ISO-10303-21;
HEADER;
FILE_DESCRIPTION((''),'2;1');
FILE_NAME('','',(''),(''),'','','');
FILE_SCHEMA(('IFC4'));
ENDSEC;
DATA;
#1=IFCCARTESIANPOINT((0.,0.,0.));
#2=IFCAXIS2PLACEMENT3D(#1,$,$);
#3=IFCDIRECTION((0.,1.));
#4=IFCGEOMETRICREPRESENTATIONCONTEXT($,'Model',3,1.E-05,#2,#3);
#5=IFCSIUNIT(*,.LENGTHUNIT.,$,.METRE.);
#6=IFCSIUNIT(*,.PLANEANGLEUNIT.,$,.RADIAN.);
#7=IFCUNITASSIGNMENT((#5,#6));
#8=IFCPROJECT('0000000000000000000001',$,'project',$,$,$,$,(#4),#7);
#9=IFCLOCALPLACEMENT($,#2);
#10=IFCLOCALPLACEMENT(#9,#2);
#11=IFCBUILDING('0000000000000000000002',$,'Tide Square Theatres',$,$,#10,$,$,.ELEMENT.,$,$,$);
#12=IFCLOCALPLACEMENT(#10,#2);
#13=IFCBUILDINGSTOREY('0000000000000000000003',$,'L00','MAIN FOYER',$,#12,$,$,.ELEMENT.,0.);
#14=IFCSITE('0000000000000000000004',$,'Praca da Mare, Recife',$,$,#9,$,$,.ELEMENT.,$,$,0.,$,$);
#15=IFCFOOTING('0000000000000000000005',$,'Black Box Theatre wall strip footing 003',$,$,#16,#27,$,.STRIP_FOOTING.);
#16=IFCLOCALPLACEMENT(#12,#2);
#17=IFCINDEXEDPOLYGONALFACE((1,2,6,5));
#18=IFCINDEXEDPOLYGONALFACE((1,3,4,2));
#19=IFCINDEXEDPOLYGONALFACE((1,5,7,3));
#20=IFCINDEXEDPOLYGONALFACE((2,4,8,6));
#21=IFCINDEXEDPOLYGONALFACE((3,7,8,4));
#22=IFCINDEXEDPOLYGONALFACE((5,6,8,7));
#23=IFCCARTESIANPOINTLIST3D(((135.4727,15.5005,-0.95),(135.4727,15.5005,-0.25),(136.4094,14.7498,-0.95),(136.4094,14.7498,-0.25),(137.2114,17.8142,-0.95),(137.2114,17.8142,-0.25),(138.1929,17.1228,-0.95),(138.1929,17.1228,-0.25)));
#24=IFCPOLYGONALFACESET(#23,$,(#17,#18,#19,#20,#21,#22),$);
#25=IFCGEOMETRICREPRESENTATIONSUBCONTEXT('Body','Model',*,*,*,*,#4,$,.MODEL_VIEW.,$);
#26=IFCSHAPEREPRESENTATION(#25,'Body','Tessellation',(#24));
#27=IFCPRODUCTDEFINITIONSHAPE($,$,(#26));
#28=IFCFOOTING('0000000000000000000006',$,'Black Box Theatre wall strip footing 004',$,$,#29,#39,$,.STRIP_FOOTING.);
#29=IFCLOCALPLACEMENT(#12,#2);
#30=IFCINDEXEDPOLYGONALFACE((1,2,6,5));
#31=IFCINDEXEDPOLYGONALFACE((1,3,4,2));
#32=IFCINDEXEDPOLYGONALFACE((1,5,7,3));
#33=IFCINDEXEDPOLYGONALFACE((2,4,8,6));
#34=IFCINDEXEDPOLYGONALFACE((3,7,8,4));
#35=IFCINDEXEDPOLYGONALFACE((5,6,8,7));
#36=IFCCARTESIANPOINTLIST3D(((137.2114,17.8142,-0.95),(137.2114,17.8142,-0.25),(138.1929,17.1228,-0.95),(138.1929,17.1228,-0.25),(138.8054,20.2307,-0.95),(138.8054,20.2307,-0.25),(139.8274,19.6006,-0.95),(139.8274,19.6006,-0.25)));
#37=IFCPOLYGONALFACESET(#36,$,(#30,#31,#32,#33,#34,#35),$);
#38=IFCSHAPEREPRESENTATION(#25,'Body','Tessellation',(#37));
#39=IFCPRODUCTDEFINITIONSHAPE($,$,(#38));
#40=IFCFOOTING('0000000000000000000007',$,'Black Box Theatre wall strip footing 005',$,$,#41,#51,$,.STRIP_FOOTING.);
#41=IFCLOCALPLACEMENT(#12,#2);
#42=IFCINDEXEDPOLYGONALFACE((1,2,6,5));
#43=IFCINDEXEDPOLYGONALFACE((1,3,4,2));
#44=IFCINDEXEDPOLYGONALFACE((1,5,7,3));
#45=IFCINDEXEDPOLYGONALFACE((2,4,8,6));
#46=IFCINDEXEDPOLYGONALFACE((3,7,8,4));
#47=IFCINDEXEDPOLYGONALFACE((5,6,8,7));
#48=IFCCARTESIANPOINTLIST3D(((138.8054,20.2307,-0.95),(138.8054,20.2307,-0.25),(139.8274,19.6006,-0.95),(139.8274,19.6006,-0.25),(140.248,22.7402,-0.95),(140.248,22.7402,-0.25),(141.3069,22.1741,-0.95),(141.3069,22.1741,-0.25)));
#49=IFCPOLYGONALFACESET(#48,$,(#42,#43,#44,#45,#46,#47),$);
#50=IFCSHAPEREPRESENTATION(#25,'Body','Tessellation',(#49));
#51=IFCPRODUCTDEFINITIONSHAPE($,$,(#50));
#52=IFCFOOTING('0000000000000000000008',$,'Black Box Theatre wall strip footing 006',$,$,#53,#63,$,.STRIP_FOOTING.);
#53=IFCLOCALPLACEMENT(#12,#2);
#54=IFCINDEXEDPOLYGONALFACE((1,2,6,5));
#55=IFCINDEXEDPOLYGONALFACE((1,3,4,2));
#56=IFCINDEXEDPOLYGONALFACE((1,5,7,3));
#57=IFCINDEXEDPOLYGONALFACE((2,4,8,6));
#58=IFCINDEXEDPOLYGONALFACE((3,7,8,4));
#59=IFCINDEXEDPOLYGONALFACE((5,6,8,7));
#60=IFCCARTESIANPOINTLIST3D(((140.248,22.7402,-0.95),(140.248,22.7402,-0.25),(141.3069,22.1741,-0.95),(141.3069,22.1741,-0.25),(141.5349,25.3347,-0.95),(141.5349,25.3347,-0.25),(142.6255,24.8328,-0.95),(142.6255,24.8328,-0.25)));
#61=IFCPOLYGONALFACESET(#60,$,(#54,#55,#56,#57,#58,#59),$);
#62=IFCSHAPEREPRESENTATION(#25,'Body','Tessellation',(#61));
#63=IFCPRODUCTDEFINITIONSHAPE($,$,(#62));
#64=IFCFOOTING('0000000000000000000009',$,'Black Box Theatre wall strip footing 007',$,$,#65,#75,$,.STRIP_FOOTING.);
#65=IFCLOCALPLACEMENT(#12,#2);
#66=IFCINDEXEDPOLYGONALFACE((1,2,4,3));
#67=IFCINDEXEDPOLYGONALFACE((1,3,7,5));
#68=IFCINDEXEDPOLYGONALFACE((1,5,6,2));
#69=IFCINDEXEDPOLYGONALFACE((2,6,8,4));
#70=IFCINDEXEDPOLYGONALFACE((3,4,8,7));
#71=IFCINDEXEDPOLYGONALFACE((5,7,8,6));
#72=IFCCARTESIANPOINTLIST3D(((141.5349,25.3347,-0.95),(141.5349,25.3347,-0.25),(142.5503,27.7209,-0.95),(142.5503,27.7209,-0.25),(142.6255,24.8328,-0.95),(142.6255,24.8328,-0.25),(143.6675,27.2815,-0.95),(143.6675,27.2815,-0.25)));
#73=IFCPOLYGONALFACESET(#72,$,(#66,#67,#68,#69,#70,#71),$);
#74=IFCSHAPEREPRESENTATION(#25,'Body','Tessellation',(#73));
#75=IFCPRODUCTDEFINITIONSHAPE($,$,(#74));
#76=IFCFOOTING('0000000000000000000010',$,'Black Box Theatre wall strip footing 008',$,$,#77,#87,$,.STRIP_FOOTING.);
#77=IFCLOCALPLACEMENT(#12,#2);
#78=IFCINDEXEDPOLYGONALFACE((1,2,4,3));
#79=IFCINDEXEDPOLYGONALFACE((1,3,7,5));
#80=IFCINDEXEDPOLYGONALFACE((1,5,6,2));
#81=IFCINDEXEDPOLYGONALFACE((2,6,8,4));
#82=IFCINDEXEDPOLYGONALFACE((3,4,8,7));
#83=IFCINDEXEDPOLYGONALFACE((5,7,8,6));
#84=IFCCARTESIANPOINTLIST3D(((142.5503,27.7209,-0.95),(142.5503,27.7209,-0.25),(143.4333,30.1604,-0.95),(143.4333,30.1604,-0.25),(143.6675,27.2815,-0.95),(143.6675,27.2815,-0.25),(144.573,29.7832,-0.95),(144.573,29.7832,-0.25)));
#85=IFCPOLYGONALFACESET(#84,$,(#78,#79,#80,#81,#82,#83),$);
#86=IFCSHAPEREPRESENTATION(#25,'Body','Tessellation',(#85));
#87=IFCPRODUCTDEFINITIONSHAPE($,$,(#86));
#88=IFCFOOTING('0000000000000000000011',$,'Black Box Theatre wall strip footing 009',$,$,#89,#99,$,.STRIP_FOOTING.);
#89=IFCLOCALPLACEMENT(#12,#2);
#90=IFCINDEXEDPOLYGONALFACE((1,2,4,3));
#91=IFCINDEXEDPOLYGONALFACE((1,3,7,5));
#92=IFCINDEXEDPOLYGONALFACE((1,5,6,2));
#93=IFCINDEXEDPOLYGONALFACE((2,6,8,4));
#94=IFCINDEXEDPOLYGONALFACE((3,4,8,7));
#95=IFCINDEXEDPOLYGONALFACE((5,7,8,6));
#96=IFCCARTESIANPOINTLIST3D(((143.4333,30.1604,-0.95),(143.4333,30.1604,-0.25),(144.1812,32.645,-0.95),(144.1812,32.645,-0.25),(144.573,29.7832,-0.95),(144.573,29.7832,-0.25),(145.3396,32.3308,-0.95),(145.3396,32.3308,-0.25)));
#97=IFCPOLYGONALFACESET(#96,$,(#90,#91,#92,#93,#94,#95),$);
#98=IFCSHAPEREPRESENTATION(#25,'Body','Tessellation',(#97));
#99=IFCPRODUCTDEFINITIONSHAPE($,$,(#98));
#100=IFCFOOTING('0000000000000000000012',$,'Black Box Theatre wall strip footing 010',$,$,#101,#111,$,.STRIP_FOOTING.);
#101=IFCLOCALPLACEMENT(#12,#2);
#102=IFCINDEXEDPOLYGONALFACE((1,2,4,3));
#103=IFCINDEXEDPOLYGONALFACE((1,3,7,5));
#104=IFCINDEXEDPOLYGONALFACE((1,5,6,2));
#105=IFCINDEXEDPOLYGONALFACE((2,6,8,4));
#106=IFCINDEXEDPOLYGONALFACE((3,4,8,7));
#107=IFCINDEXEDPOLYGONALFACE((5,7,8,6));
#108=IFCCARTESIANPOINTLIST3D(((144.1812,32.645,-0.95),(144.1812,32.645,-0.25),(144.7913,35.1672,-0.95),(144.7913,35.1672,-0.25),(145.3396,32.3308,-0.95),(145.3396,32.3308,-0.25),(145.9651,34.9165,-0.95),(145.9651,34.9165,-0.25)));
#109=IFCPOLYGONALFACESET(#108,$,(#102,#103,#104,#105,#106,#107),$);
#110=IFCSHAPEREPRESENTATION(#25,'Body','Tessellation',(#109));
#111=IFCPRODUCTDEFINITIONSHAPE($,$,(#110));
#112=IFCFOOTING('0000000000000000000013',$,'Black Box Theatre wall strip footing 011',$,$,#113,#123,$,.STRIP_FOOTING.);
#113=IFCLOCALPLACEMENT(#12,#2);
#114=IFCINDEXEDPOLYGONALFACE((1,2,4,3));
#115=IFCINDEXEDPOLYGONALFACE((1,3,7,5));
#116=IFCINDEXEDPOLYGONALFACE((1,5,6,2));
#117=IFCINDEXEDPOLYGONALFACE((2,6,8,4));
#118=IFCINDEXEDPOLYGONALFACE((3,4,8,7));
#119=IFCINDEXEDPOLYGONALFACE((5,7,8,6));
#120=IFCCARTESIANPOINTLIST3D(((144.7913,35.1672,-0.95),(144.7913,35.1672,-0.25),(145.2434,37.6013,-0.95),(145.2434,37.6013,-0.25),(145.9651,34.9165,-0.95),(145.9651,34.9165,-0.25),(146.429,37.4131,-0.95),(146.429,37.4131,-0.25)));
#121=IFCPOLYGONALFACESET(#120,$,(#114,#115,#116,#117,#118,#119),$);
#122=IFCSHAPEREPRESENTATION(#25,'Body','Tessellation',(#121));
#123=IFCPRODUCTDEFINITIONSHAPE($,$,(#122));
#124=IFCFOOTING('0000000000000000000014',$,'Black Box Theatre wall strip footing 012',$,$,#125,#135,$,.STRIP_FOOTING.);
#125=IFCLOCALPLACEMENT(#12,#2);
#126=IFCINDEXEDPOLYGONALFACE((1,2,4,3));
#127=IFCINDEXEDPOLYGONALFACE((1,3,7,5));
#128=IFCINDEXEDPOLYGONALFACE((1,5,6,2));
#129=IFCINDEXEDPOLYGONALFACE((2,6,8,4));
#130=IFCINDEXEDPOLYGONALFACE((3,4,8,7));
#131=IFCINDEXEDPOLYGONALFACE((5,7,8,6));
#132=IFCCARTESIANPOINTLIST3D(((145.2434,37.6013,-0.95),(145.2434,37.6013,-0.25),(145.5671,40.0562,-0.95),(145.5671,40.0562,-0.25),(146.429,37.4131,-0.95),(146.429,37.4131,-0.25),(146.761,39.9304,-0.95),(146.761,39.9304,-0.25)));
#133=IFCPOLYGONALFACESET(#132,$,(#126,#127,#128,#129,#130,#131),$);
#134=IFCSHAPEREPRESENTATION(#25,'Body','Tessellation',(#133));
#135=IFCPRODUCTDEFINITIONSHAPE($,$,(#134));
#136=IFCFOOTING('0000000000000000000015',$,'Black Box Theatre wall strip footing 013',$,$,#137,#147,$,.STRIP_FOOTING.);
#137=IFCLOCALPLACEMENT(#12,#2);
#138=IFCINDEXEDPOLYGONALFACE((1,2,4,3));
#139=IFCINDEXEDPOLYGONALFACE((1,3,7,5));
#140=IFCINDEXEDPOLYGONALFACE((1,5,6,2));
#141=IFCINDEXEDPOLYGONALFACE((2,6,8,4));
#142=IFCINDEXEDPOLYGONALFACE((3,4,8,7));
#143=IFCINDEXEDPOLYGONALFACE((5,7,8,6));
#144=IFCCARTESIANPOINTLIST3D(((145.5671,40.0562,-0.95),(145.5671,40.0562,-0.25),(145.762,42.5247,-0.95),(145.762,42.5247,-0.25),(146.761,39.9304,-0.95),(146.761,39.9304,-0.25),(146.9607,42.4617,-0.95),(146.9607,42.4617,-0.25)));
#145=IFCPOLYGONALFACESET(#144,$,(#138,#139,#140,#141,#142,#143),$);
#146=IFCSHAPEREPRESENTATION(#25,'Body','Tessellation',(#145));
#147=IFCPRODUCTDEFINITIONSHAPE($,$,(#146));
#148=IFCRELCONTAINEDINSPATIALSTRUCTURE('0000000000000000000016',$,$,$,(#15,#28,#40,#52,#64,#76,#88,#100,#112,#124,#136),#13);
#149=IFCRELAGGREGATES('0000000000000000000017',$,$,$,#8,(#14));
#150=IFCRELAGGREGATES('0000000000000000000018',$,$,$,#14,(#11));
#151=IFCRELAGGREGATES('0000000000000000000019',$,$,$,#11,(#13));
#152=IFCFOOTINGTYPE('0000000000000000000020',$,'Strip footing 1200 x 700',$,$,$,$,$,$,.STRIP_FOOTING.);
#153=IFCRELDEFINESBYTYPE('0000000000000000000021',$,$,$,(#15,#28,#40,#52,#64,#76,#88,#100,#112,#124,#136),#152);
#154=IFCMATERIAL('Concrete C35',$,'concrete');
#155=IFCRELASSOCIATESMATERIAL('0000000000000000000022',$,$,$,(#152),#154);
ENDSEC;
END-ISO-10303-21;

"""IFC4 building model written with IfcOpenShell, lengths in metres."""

from ifc_helpers import new_model, si_unit, direction, frame, origin, place, context, subcontext, project, spatial, polyline, outline, extrude, material, type_object, element, save


model = new_model("IFC4")

# Units and contexts
model_context = context("Model", 3, precision=1e-05, world=origin(), true_north=direction((0.0, 1.0)))
body_context = subcontext(model_context, "Body", "Model", "MODEL_VIEW")
ifc_project = project(units=[si_unit("LENGTHUNIT", "METRE"), si_unit("PLANEANGLEUNIT", "RADIAN")], contexts=[model_context])

# Site, building, storey
site_placement = place(None, origin())
site = spatial("IfcSite", under=ifc_project, at=site_placement, Name="Praca da Mare, Recife", CompositionType="ELEMENT", RefElevation=0.0)
building_placement = place(site_placement, origin())
building = spatial("IfcBuilding", under=site, at=building_placement, Name="Tide Square Theatres", CompositionType="ELEMENT")
storey_placement = place(building_placement, origin())
storey = spatial("IfcBuildingStorey", under=building, at=storey_placement, Name="L00", Description="MAIN FOYER", CompositionType="ELEMENT", Elevation=0.0)

# Footings
ifc_material = material(Name="Concrete C35", Category="concrete")
footing_type = type_object("IfcFootingType", Name="Strip footing 1200 x 700", PredefinedType="STRIP_FOOTING", material=ifc_material)
footing_1_placement = place(storey_placement, frame((0.0, 0.0, -0.95)))
element("IfcFooting", 1, at=footing_1_placement, inside=storey, type_object=footing_type, Name="Black Box Theatre wall strip footing 003", PredefinedType="STRIP_FOOTING", context=body_context, shape_type="SweptSolid", body=[
    extrude(outline(polyline([(136.4094, 14.7498), (138.1929, 17.1228), (137.2114, 17.8142), (135.4727, 15.5005), (136.4094, 14.7498)])), origin(), (0.0, 0.0, 1.0), 0.7),
])
footing_2_placement = place(storey_placement, frame((0.0, 0.0, -0.95)))
element("IfcFooting", 2, at=footing_2_placement, inside=storey, type_object=footing_type, Name="Black Box Theatre wall strip footing 004", PredefinedType="STRIP_FOOTING", context=body_context, shape_type="SweptSolid", body=[
    extrude(outline(polyline([(138.1929, 17.1228), (139.8274, 19.6006), (138.8054, 20.2307), (137.2114, 17.8142), (138.1929, 17.1228)])), origin(), (0.0, 0.0, 1.0), 0.7),
])
footing_3_placement = place(storey_placement, frame((0.0, 0.0, -0.95)))
element("IfcFooting", 3, at=footing_3_placement, inside=storey, type_object=footing_type, Name="Black Box Theatre wall strip footing 005", PredefinedType="STRIP_FOOTING", context=body_context, shape_type="SweptSolid", body=[
    extrude(outline(polyline([(139.8274, 19.6006), (141.3069, 22.1741), (140.248, 22.7402), (138.8054, 20.2307), (139.8274, 19.6006)])), origin(), (0.0, 0.0, 1.0), 0.7),
])
footing_4_placement = place(storey_placement, frame((0.0, 0.0, -0.95)))
element("IfcFooting", 4, at=footing_4_placement, inside=storey, type_object=footing_type, Name="Black Box Theatre wall strip footing 006", PredefinedType="STRIP_FOOTING", context=body_context, shape_type="SweptSolid", body=[
    extrude(outline(polyline([(141.3069, 22.1741), (142.6255, 24.8328), (141.5349, 25.3347), (140.248, 22.7402), (141.3069, 22.1741)])), origin(), (0.0, 0.0, 1.0), 0.7),
])
footing_5_placement = place(storey_placement, frame((0.0, 0.0, -0.95)))
element("IfcFooting", 5, at=footing_5_placement, inside=storey, type_object=footing_type, Name="Black Box Theatre wall strip footing 007", PredefinedType="STRIP_FOOTING", context=body_context, shape_type="SweptSolid", body=[
    extrude(outline(polyline([(142.6255, 24.8328), (143.6675, 27.2815), (142.5503, 27.7209), (141.5349, 25.3347), (142.6255, 24.8328)])), origin(), (0.0, 0.0, 1.0), 0.7),
])
footing_6_placement = place(storey_placement, frame((0.0, 0.0, -0.95)))
element("IfcFooting", 6, at=footing_6_placement, inside=storey, type_object=footing_type, Name="Black Box Theatre wall strip footing 008", PredefinedType="STRIP_FOOTING", context=body_context, shape_type="SweptSolid", body=[
    extrude(outline(polyline([(143.6675, 27.2815), (144.573, 29.7832), (143.4333, 30.1604), (142.5503, 27.7209), (143.6675, 27.2815)])), origin(), (0.0, 0.0, 1.0), 0.7),
])
footing_7_placement = place(storey_placement, frame((0.0, 0.0, -0.95)))
element("IfcFooting", 7, at=footing_7_placement, inside=storey, type_object=footing_type, Name="Black Box Theatre wall strip footing 009", PredefinedType="STRIP_FOOTING", context=body_context, shape_type="SweptSolid", body=[
    extrude(outline(polyline([(144.573, 29.7832), (145.3396, 32.3308), (144.1812, 32.645), (143.4333, 30.1604), (144.573, 29.7832)])), origin(), (0.0, 0.0, 1.0), 0.7),
])
footing_8_placement = place(storey_placement, frame((0.0, 0.0, -0.95)))
element("IfcFooting", 8, at=footing_8_placement, inside=storey, type_object=footing_type, Name="Black Box Theatre wall strip footing 010", PredefinedType="STRIP_FOOTING", context=body_context, shape_type="SweptSolid", body=[
    extrude(outline(polyline([(145.3396, 32.3308), (145.9651, 34.9165), (144.7913, 35.1672), (144.1812, 32.645), (145.3396, 32.3308)])), origin(), (0.0, 0.0, 1.0), 0.7),
])
footing_9_placement = place(storey_placement, frame((0.0, 0.0, -0.95)))
element("IfcFooting", 9, at=footing_9_placement, inside=storey, type_object=footing_type, Name="Black Box Theatre wall strip footing 011", PredefinedType="STRIP_FOOTING", context=body_context, shape_type="SweptSolid", body=[
    extrude(outline(polyline([(145.9651, 34.9165), (146.429, 37.4131), (145.2434, 37.6013), (144.7913, 35.1672), (145.9651, 34.9165)])), origin(), (0.0, 0.0, 1.0), 0.7),
])
footing_10_placement = place(storey_placement, frame((0.0, 0.0, -0.95)))
element("IfcFooting", 10, at=footing_10_placement, inside=storey, type_object=footing_type, Name="Black Box Theatre wall strip footing 012", PredefinedType="STRIP_FOOTING", context=body_context, shape_type="SweptSolid", body=[
    extrude(outline(polyline([(146.429, 37.4131), (146.761, 39.9304), (145.5671, 40.0562), (145.2434, 37.6013), (146.429, 37.4131)])), origin(), (0.0, 0.0, 1.0), 0.7),
])
footing_11_placement = place(storey_placement, frame((0.0, 0.0, -0.95)))
element("IfcFooting", 11, at=footing_11_placement, inside=storey, type_object=footing_type, Name="Black Box Theatre wall strip footing 013", PredefinedType="STRIP_FOOTING", context=body_context, shape_type="SweptSolid", body=[
    extrude(outline(polyline([(146.761, 39.9304), (146.9607, 42.4617), (145.762, 42.5247), (145.5671, 40.0562), (146.761, 39.9304)])), origin(), (0.0, 0.0, 1.0), 0.7),
])

save(model, "model.ifc")
